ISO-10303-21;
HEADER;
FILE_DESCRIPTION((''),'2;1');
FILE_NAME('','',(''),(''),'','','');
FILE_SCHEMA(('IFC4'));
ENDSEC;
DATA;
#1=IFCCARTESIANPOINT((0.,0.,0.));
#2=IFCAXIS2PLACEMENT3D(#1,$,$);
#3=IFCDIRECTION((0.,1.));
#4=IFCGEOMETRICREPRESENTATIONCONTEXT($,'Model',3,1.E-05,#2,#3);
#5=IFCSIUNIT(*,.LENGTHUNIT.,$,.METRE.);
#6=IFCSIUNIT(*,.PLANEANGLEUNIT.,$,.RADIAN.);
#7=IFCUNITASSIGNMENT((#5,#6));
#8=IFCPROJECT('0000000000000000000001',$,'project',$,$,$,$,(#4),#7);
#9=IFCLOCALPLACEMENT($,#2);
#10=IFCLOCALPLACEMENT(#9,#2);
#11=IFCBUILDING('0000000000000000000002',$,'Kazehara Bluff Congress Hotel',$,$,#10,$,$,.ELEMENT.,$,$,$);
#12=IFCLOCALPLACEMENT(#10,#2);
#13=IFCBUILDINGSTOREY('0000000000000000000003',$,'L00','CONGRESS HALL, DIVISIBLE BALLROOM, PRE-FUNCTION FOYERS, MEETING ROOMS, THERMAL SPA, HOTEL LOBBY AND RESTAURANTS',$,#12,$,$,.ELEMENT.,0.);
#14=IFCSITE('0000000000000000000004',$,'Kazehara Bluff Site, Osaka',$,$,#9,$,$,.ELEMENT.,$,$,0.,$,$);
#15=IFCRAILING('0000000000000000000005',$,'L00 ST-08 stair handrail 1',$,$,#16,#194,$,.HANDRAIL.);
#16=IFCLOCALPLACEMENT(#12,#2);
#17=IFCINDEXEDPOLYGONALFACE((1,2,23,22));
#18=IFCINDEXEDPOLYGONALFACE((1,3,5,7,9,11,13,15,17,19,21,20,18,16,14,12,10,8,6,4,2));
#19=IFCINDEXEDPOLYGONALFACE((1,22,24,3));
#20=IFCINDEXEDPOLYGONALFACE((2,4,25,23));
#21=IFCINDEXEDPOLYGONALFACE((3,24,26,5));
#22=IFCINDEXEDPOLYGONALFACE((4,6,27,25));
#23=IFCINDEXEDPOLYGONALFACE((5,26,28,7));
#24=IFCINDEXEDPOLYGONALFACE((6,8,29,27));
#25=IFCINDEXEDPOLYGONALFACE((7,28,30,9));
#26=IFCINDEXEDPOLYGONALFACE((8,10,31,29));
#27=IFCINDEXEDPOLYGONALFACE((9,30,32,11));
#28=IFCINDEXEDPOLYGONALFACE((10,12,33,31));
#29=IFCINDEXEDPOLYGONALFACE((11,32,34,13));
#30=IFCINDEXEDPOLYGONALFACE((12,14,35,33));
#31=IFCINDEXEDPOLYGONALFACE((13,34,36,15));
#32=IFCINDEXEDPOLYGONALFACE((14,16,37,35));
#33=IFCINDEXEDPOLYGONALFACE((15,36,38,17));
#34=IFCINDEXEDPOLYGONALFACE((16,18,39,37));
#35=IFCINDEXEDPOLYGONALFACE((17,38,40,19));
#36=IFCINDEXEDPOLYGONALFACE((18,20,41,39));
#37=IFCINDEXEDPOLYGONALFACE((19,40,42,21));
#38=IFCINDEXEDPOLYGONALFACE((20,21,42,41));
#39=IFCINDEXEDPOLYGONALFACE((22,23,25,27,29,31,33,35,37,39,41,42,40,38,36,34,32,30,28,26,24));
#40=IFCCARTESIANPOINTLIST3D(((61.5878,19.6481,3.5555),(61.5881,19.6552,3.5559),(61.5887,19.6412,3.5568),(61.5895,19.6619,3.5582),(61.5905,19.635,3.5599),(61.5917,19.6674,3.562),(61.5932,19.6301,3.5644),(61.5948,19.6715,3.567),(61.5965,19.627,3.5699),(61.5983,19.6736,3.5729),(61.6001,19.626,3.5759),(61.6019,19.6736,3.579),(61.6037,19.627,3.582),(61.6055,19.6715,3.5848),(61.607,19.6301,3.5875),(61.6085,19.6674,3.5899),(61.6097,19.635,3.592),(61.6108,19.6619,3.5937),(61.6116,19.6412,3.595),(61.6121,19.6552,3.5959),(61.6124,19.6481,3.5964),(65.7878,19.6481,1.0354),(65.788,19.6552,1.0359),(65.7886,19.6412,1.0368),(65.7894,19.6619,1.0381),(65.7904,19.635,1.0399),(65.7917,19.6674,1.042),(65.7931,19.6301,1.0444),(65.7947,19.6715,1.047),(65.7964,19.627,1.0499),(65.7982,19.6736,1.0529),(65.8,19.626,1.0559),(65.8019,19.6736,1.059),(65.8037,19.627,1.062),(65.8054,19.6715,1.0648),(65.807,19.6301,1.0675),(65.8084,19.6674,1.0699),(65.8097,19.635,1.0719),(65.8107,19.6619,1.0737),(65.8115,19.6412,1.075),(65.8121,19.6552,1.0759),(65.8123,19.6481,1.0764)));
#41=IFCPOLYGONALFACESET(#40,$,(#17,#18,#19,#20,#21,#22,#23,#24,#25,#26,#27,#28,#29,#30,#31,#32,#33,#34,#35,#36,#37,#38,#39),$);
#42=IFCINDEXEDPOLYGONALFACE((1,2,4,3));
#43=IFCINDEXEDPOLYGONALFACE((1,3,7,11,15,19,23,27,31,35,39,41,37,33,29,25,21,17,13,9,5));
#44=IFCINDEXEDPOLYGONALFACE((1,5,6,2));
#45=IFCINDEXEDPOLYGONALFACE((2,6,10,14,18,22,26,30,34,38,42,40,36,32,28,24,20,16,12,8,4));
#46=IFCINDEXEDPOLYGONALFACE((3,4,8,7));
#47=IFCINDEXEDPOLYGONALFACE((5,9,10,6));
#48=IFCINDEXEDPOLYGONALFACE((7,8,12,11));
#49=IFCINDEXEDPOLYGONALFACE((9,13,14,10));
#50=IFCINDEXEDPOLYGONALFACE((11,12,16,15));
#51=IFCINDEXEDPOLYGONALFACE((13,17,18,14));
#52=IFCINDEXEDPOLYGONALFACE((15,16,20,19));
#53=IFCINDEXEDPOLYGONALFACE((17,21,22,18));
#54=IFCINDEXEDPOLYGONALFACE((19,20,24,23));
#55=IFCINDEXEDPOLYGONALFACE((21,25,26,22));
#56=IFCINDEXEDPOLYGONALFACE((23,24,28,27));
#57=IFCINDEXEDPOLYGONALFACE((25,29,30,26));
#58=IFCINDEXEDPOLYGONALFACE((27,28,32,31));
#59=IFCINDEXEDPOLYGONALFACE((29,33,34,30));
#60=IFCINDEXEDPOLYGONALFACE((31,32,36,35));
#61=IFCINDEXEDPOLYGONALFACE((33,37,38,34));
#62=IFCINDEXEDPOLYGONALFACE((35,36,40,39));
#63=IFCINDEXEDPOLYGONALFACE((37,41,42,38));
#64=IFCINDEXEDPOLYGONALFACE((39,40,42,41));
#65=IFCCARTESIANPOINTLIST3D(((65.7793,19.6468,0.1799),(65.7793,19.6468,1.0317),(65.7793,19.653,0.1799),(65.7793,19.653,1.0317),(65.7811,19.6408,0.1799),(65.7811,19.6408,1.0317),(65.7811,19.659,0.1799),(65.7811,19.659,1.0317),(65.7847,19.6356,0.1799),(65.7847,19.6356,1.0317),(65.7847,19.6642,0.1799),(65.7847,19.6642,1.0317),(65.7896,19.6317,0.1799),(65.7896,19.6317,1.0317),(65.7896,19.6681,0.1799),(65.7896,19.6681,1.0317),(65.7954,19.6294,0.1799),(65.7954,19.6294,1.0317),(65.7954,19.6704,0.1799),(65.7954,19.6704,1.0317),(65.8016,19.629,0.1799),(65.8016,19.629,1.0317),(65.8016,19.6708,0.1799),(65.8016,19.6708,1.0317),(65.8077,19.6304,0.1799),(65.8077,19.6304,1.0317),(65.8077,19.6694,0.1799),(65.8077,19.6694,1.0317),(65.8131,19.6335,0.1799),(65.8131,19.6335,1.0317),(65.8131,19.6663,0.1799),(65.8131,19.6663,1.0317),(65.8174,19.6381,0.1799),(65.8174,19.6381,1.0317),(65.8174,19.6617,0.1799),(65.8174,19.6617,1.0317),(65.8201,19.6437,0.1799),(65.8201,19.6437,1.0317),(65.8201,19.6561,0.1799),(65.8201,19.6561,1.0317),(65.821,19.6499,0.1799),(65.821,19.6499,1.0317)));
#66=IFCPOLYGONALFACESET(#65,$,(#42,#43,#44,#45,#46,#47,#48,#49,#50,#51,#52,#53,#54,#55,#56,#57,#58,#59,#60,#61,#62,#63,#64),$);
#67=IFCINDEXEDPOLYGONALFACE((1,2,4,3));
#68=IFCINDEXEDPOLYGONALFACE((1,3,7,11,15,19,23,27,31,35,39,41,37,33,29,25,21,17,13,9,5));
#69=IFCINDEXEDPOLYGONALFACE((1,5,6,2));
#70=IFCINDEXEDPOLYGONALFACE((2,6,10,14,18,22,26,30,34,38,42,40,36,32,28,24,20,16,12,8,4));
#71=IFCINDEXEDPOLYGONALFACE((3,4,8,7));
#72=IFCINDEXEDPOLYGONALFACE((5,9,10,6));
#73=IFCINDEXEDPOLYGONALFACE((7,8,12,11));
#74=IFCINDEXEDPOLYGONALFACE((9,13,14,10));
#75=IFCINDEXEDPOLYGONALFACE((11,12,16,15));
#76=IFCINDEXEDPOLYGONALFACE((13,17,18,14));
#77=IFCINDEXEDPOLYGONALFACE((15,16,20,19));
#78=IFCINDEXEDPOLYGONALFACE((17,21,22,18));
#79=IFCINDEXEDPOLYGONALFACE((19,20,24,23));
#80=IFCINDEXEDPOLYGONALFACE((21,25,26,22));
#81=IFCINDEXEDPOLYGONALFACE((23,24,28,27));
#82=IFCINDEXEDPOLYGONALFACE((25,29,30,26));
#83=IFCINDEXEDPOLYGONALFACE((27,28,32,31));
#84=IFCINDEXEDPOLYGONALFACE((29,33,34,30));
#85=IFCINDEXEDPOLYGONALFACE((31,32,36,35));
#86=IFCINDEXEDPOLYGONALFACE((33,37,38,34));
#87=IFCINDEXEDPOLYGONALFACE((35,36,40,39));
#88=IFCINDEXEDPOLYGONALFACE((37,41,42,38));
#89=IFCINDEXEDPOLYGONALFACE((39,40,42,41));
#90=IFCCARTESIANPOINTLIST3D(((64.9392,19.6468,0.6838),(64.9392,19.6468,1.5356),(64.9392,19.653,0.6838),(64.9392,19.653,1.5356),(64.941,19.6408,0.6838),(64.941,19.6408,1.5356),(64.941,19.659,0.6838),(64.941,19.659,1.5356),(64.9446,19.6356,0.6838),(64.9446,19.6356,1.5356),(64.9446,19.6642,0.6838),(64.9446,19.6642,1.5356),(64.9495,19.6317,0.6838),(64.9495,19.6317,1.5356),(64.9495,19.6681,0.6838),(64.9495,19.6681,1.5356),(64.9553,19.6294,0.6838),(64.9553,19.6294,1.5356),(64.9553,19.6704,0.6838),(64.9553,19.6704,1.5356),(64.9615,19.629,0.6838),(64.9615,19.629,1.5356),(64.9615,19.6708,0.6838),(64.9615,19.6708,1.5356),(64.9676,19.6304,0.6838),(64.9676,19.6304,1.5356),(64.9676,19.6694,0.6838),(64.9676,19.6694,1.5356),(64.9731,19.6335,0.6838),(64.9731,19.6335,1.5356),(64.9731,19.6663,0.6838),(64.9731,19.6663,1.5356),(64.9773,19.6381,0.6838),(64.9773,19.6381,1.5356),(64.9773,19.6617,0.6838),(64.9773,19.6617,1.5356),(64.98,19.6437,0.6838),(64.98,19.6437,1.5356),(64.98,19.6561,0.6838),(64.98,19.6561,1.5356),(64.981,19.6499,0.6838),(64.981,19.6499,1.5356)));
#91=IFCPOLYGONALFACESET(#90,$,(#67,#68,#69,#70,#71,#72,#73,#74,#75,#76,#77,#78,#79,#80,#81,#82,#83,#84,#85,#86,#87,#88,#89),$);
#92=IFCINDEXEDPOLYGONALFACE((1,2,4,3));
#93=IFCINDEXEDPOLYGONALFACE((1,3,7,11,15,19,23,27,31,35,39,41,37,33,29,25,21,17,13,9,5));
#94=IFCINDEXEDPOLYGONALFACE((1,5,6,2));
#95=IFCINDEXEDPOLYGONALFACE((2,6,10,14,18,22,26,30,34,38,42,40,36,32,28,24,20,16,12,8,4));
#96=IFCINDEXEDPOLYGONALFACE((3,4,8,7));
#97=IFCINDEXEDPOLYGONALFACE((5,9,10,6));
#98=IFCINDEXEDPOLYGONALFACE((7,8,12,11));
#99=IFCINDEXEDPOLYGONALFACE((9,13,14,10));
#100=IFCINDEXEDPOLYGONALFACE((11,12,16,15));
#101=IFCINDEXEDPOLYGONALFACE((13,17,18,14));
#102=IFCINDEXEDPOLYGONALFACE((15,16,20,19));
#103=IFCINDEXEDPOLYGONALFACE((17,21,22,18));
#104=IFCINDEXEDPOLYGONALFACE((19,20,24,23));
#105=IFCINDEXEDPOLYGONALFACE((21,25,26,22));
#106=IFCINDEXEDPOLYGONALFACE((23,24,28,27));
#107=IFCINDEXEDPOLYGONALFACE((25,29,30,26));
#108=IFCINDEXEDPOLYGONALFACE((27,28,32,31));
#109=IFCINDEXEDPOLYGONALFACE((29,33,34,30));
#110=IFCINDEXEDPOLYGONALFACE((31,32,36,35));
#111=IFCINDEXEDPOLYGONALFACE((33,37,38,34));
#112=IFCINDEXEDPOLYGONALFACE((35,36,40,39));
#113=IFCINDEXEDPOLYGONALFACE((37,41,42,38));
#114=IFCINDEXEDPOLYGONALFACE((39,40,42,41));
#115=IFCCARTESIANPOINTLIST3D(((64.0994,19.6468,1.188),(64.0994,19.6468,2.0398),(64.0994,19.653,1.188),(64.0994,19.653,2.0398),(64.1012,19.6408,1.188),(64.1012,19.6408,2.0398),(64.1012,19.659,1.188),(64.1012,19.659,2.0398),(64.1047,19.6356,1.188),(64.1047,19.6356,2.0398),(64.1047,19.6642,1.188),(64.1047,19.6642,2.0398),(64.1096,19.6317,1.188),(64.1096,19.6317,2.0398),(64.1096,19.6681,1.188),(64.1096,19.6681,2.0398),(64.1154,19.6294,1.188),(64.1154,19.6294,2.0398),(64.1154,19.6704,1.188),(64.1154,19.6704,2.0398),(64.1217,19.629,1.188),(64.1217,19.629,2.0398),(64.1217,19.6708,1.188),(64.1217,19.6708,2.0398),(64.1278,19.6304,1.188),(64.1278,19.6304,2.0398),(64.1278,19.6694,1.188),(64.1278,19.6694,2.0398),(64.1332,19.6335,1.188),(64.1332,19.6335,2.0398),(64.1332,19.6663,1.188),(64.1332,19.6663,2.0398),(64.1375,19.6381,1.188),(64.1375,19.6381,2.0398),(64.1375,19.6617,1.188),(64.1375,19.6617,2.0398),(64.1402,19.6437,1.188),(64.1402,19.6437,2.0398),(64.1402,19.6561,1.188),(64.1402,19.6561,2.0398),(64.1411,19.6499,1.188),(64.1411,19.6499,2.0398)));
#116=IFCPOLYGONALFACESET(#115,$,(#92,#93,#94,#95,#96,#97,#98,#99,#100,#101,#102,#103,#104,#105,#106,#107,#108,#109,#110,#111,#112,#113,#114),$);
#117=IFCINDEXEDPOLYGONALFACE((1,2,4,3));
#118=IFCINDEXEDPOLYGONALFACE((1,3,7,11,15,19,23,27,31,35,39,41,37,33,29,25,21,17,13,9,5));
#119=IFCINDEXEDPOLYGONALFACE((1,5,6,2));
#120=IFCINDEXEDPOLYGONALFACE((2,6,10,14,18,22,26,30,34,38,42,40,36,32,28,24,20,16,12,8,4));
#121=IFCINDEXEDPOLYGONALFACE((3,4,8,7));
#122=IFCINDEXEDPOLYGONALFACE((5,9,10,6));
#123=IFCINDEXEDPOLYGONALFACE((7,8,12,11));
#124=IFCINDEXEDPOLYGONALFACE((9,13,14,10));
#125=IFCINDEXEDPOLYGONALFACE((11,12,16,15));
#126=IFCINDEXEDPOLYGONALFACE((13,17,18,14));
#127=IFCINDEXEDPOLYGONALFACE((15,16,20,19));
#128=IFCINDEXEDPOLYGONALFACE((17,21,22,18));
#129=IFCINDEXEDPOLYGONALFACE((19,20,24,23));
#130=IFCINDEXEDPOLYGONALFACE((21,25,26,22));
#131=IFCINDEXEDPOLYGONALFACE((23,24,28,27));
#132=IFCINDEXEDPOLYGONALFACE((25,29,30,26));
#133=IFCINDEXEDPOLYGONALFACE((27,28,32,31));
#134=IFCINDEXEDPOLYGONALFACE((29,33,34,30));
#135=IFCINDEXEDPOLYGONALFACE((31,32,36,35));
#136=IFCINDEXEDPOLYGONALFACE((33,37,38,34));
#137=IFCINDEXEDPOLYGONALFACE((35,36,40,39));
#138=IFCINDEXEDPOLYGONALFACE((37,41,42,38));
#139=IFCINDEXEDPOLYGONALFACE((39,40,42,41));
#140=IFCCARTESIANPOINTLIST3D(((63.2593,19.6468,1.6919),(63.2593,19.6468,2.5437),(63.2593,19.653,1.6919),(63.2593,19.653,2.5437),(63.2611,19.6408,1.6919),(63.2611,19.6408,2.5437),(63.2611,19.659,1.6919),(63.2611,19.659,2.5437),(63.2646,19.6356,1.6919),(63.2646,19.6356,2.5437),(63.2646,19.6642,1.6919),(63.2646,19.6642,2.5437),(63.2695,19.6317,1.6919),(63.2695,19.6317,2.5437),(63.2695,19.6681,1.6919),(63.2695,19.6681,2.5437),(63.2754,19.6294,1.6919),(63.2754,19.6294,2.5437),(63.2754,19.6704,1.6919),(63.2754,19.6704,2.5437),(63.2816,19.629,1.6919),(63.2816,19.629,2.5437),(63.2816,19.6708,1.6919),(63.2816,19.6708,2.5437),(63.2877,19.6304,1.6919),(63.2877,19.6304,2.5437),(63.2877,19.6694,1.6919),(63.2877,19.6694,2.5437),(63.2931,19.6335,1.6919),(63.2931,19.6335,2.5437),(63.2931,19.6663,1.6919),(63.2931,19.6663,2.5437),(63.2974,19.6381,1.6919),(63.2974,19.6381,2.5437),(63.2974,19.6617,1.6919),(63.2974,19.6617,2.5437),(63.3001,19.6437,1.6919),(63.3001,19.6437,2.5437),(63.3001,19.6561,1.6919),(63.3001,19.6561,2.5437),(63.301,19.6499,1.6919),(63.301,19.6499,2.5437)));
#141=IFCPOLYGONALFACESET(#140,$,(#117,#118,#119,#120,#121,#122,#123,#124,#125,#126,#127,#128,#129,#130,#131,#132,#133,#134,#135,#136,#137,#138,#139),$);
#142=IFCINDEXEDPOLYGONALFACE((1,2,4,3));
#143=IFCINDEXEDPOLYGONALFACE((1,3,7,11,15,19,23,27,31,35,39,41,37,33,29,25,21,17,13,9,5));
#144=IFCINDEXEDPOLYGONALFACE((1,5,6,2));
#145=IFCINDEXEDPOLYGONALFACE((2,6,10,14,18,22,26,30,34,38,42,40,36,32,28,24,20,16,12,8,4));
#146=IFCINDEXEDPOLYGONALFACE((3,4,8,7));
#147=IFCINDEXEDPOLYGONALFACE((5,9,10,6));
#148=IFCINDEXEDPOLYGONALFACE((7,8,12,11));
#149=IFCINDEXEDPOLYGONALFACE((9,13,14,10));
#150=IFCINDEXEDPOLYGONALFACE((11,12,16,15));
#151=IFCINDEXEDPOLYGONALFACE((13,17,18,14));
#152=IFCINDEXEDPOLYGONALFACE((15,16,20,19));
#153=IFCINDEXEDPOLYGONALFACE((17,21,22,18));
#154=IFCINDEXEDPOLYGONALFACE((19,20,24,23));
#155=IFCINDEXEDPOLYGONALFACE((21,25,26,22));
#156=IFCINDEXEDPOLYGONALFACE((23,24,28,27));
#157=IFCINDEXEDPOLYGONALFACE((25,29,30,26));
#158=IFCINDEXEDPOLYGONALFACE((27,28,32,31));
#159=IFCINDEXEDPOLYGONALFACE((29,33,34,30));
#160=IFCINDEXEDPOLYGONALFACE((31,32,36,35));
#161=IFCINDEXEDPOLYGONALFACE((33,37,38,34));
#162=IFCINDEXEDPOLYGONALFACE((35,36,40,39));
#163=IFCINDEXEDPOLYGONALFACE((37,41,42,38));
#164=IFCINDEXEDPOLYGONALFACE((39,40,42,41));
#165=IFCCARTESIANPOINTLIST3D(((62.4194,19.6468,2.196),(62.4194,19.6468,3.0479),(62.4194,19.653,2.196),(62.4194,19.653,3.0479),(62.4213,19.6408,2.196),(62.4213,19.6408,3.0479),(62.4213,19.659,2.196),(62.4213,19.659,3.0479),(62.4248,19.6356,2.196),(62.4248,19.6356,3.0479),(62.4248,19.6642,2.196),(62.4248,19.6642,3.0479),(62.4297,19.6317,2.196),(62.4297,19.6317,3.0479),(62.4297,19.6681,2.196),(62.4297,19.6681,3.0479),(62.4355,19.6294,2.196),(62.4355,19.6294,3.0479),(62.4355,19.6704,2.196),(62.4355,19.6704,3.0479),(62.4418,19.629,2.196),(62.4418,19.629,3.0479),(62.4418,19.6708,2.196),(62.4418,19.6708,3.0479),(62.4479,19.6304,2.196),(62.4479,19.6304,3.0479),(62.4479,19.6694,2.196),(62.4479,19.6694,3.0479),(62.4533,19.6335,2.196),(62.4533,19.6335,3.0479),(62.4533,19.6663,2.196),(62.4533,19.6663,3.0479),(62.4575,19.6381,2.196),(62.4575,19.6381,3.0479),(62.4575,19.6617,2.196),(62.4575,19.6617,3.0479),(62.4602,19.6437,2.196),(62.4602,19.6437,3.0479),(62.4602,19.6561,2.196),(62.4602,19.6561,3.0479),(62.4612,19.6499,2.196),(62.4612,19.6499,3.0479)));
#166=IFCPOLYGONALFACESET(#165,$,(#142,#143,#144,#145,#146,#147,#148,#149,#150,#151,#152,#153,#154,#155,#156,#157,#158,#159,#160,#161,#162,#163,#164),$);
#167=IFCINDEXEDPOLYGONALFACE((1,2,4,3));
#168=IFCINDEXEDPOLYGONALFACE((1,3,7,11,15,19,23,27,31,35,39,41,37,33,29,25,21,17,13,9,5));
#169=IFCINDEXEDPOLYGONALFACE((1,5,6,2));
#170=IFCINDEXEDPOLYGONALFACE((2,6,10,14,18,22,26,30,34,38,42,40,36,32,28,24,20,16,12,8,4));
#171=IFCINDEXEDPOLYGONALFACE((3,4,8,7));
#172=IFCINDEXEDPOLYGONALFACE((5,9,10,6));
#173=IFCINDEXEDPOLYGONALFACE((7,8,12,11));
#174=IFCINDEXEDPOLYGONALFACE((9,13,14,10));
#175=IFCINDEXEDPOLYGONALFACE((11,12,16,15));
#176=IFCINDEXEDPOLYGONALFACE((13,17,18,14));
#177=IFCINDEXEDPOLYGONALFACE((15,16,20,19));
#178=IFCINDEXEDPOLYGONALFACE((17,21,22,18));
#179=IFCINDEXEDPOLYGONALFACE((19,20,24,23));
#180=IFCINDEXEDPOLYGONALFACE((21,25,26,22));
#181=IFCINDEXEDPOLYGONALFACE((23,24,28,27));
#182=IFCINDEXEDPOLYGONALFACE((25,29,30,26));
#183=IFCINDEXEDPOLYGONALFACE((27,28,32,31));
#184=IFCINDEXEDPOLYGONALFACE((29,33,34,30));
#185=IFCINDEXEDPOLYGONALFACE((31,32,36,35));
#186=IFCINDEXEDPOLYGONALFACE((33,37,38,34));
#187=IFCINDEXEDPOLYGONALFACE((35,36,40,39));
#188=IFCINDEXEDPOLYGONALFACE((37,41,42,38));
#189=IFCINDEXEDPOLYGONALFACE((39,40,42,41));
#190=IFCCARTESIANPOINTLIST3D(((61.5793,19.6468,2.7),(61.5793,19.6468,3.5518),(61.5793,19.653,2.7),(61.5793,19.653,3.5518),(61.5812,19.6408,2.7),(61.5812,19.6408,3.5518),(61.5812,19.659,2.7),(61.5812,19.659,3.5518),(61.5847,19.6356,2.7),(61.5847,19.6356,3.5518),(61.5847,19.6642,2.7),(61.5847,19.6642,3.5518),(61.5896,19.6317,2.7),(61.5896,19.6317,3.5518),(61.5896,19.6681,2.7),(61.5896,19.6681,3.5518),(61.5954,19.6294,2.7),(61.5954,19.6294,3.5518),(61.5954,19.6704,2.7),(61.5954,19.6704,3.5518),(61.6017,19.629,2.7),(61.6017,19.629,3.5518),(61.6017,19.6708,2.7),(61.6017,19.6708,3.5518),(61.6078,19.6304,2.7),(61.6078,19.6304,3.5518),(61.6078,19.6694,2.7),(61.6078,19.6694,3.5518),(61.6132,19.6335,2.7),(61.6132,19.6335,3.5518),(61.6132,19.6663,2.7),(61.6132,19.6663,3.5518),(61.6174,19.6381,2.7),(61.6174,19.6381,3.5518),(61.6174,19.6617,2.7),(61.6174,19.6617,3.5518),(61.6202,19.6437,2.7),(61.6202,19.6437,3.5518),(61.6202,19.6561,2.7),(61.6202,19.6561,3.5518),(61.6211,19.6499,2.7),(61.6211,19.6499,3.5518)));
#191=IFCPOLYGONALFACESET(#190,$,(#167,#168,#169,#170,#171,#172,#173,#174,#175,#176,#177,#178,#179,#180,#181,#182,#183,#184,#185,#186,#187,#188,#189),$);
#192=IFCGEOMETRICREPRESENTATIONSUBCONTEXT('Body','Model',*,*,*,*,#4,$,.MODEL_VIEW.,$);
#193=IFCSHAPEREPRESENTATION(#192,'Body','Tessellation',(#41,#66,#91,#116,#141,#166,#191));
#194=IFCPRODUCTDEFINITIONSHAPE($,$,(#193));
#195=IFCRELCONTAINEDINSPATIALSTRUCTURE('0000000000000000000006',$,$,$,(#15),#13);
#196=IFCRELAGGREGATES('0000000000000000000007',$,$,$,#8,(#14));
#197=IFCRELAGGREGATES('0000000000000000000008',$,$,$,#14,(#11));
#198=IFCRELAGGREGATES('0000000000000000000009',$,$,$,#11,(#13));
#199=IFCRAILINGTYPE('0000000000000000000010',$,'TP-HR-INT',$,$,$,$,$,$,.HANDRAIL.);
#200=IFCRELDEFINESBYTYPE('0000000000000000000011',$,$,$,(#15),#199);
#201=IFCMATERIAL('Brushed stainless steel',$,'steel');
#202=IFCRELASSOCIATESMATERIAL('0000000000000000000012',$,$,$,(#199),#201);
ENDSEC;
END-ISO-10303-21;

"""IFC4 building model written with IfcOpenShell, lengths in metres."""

from ifc_helpers import new_model, si_unit, direction, frame, origin, origin_2d, place, context, subcontext, project, spatial, circle, extrude, material, type_object, element, save


model = new_model("IFC4")

# Units and contexts
model_context = context("Model", 3, precision=1e-05, world=origin(), true_north=direction((0.0, 1.0)))
body_context = subcontext(model_context, "Body", "Model", "MODEL_VIEW")
ifc_project = project(units=[si_unit("LENGTHUNIT", "METRE"), si_unit("PLANEANGLEUNIT", "RADIAN")], contexts=[model_context])

# Site, building, storey
site_placement = place(None, origin())
site = spatial("IfcSite", under=ifc_project, at=site_placement, Name="Kazehara Bluff Site, Osaka", CompositionType="ELEMENT", RefElevation=0.0)
building_placement = place(site_placement, origin())
building = spatial("IfcBuilding", under=site, at=building_placement, Name="Kazehara Bluff Congress Hotel", CompositionType="ELEMENT")
storey_placement = place(building_placement, origin())
storey = spatial("IfcBuildingStorey", under=building, at=storey_placement, Name="L00", Description="CONGRESS HALL, DIVISIBLE BALLROOM, PRE-FUNCTION FOYERS, MEETING ROOMS, THERMAL SPA, HOTEL LOBBY AND RESTAURANTS", CompositionType="ELEMENT", Elevation=0.0)

# Railing
ifc_material_1 = material(Name="Brushed stainless steel", Category="steel")
railing_type_1 = type_object("IfcRailingType", Name="TP-HR-INT", PredefinedType="HANDRAIL", material=ifc_material_1)
railing_1_placement = place(storey_placement, frame((65.8, 19.6499, 0.1799)))
element("IfcRailing", 1, at=railing_1_placement, inside=storey, type_object=railing_type_1, Name="L00 ST-08 stair handrail 1", PredefinedType="HANDRAIL", context=body_context, shape_type="SweptSolid", body=[
    extrude(circle(Radius=0.0239, at=origin_2d()), frame((0.0, 0.0, 0.876), z_axis=(-0.857489, 0.0, 0.514503), x_axis=(0.0, -1.0, 0.0)), (0.0, 0.0, 1.0), 4.8979),
    extrude(circle(Radius=0.021, at=origin_2d()), origin(), (0.0, 0.0, 1.0), 0.8518),
    extrude(circle(Radius=0.021, at=origin_2d()), frame((-0.8401, 0.0, 0.5039)), (0.0, 0.0, 1.0), 0.8518),
    extrude(circle(Radius=0.021, at=origin_2d()), frame((-1.6799, 0.0, 1.0081)), (0.0, 0.0, 1.0), 0.8518),
    extrude(circle(Radius=0.021, at=origin_2d()), frame((-2.52, 0.0, 1.512)), (0.0, 0.0, 1.0), 0.8518),
    extrude(circle(Radius=0.021, at=origin_2d()), frame((-3.3599, 0.0, 2.0161)), (0.0, 0.0, 1.0), 0.8518),
    extrude(circle(Radius=0.021, at=origin_2d()), frame((-4.2, 0.0, 2.52)), (0.0, 0.0, 1.0), 0.8518),
])

save(model, "model.ifc")
